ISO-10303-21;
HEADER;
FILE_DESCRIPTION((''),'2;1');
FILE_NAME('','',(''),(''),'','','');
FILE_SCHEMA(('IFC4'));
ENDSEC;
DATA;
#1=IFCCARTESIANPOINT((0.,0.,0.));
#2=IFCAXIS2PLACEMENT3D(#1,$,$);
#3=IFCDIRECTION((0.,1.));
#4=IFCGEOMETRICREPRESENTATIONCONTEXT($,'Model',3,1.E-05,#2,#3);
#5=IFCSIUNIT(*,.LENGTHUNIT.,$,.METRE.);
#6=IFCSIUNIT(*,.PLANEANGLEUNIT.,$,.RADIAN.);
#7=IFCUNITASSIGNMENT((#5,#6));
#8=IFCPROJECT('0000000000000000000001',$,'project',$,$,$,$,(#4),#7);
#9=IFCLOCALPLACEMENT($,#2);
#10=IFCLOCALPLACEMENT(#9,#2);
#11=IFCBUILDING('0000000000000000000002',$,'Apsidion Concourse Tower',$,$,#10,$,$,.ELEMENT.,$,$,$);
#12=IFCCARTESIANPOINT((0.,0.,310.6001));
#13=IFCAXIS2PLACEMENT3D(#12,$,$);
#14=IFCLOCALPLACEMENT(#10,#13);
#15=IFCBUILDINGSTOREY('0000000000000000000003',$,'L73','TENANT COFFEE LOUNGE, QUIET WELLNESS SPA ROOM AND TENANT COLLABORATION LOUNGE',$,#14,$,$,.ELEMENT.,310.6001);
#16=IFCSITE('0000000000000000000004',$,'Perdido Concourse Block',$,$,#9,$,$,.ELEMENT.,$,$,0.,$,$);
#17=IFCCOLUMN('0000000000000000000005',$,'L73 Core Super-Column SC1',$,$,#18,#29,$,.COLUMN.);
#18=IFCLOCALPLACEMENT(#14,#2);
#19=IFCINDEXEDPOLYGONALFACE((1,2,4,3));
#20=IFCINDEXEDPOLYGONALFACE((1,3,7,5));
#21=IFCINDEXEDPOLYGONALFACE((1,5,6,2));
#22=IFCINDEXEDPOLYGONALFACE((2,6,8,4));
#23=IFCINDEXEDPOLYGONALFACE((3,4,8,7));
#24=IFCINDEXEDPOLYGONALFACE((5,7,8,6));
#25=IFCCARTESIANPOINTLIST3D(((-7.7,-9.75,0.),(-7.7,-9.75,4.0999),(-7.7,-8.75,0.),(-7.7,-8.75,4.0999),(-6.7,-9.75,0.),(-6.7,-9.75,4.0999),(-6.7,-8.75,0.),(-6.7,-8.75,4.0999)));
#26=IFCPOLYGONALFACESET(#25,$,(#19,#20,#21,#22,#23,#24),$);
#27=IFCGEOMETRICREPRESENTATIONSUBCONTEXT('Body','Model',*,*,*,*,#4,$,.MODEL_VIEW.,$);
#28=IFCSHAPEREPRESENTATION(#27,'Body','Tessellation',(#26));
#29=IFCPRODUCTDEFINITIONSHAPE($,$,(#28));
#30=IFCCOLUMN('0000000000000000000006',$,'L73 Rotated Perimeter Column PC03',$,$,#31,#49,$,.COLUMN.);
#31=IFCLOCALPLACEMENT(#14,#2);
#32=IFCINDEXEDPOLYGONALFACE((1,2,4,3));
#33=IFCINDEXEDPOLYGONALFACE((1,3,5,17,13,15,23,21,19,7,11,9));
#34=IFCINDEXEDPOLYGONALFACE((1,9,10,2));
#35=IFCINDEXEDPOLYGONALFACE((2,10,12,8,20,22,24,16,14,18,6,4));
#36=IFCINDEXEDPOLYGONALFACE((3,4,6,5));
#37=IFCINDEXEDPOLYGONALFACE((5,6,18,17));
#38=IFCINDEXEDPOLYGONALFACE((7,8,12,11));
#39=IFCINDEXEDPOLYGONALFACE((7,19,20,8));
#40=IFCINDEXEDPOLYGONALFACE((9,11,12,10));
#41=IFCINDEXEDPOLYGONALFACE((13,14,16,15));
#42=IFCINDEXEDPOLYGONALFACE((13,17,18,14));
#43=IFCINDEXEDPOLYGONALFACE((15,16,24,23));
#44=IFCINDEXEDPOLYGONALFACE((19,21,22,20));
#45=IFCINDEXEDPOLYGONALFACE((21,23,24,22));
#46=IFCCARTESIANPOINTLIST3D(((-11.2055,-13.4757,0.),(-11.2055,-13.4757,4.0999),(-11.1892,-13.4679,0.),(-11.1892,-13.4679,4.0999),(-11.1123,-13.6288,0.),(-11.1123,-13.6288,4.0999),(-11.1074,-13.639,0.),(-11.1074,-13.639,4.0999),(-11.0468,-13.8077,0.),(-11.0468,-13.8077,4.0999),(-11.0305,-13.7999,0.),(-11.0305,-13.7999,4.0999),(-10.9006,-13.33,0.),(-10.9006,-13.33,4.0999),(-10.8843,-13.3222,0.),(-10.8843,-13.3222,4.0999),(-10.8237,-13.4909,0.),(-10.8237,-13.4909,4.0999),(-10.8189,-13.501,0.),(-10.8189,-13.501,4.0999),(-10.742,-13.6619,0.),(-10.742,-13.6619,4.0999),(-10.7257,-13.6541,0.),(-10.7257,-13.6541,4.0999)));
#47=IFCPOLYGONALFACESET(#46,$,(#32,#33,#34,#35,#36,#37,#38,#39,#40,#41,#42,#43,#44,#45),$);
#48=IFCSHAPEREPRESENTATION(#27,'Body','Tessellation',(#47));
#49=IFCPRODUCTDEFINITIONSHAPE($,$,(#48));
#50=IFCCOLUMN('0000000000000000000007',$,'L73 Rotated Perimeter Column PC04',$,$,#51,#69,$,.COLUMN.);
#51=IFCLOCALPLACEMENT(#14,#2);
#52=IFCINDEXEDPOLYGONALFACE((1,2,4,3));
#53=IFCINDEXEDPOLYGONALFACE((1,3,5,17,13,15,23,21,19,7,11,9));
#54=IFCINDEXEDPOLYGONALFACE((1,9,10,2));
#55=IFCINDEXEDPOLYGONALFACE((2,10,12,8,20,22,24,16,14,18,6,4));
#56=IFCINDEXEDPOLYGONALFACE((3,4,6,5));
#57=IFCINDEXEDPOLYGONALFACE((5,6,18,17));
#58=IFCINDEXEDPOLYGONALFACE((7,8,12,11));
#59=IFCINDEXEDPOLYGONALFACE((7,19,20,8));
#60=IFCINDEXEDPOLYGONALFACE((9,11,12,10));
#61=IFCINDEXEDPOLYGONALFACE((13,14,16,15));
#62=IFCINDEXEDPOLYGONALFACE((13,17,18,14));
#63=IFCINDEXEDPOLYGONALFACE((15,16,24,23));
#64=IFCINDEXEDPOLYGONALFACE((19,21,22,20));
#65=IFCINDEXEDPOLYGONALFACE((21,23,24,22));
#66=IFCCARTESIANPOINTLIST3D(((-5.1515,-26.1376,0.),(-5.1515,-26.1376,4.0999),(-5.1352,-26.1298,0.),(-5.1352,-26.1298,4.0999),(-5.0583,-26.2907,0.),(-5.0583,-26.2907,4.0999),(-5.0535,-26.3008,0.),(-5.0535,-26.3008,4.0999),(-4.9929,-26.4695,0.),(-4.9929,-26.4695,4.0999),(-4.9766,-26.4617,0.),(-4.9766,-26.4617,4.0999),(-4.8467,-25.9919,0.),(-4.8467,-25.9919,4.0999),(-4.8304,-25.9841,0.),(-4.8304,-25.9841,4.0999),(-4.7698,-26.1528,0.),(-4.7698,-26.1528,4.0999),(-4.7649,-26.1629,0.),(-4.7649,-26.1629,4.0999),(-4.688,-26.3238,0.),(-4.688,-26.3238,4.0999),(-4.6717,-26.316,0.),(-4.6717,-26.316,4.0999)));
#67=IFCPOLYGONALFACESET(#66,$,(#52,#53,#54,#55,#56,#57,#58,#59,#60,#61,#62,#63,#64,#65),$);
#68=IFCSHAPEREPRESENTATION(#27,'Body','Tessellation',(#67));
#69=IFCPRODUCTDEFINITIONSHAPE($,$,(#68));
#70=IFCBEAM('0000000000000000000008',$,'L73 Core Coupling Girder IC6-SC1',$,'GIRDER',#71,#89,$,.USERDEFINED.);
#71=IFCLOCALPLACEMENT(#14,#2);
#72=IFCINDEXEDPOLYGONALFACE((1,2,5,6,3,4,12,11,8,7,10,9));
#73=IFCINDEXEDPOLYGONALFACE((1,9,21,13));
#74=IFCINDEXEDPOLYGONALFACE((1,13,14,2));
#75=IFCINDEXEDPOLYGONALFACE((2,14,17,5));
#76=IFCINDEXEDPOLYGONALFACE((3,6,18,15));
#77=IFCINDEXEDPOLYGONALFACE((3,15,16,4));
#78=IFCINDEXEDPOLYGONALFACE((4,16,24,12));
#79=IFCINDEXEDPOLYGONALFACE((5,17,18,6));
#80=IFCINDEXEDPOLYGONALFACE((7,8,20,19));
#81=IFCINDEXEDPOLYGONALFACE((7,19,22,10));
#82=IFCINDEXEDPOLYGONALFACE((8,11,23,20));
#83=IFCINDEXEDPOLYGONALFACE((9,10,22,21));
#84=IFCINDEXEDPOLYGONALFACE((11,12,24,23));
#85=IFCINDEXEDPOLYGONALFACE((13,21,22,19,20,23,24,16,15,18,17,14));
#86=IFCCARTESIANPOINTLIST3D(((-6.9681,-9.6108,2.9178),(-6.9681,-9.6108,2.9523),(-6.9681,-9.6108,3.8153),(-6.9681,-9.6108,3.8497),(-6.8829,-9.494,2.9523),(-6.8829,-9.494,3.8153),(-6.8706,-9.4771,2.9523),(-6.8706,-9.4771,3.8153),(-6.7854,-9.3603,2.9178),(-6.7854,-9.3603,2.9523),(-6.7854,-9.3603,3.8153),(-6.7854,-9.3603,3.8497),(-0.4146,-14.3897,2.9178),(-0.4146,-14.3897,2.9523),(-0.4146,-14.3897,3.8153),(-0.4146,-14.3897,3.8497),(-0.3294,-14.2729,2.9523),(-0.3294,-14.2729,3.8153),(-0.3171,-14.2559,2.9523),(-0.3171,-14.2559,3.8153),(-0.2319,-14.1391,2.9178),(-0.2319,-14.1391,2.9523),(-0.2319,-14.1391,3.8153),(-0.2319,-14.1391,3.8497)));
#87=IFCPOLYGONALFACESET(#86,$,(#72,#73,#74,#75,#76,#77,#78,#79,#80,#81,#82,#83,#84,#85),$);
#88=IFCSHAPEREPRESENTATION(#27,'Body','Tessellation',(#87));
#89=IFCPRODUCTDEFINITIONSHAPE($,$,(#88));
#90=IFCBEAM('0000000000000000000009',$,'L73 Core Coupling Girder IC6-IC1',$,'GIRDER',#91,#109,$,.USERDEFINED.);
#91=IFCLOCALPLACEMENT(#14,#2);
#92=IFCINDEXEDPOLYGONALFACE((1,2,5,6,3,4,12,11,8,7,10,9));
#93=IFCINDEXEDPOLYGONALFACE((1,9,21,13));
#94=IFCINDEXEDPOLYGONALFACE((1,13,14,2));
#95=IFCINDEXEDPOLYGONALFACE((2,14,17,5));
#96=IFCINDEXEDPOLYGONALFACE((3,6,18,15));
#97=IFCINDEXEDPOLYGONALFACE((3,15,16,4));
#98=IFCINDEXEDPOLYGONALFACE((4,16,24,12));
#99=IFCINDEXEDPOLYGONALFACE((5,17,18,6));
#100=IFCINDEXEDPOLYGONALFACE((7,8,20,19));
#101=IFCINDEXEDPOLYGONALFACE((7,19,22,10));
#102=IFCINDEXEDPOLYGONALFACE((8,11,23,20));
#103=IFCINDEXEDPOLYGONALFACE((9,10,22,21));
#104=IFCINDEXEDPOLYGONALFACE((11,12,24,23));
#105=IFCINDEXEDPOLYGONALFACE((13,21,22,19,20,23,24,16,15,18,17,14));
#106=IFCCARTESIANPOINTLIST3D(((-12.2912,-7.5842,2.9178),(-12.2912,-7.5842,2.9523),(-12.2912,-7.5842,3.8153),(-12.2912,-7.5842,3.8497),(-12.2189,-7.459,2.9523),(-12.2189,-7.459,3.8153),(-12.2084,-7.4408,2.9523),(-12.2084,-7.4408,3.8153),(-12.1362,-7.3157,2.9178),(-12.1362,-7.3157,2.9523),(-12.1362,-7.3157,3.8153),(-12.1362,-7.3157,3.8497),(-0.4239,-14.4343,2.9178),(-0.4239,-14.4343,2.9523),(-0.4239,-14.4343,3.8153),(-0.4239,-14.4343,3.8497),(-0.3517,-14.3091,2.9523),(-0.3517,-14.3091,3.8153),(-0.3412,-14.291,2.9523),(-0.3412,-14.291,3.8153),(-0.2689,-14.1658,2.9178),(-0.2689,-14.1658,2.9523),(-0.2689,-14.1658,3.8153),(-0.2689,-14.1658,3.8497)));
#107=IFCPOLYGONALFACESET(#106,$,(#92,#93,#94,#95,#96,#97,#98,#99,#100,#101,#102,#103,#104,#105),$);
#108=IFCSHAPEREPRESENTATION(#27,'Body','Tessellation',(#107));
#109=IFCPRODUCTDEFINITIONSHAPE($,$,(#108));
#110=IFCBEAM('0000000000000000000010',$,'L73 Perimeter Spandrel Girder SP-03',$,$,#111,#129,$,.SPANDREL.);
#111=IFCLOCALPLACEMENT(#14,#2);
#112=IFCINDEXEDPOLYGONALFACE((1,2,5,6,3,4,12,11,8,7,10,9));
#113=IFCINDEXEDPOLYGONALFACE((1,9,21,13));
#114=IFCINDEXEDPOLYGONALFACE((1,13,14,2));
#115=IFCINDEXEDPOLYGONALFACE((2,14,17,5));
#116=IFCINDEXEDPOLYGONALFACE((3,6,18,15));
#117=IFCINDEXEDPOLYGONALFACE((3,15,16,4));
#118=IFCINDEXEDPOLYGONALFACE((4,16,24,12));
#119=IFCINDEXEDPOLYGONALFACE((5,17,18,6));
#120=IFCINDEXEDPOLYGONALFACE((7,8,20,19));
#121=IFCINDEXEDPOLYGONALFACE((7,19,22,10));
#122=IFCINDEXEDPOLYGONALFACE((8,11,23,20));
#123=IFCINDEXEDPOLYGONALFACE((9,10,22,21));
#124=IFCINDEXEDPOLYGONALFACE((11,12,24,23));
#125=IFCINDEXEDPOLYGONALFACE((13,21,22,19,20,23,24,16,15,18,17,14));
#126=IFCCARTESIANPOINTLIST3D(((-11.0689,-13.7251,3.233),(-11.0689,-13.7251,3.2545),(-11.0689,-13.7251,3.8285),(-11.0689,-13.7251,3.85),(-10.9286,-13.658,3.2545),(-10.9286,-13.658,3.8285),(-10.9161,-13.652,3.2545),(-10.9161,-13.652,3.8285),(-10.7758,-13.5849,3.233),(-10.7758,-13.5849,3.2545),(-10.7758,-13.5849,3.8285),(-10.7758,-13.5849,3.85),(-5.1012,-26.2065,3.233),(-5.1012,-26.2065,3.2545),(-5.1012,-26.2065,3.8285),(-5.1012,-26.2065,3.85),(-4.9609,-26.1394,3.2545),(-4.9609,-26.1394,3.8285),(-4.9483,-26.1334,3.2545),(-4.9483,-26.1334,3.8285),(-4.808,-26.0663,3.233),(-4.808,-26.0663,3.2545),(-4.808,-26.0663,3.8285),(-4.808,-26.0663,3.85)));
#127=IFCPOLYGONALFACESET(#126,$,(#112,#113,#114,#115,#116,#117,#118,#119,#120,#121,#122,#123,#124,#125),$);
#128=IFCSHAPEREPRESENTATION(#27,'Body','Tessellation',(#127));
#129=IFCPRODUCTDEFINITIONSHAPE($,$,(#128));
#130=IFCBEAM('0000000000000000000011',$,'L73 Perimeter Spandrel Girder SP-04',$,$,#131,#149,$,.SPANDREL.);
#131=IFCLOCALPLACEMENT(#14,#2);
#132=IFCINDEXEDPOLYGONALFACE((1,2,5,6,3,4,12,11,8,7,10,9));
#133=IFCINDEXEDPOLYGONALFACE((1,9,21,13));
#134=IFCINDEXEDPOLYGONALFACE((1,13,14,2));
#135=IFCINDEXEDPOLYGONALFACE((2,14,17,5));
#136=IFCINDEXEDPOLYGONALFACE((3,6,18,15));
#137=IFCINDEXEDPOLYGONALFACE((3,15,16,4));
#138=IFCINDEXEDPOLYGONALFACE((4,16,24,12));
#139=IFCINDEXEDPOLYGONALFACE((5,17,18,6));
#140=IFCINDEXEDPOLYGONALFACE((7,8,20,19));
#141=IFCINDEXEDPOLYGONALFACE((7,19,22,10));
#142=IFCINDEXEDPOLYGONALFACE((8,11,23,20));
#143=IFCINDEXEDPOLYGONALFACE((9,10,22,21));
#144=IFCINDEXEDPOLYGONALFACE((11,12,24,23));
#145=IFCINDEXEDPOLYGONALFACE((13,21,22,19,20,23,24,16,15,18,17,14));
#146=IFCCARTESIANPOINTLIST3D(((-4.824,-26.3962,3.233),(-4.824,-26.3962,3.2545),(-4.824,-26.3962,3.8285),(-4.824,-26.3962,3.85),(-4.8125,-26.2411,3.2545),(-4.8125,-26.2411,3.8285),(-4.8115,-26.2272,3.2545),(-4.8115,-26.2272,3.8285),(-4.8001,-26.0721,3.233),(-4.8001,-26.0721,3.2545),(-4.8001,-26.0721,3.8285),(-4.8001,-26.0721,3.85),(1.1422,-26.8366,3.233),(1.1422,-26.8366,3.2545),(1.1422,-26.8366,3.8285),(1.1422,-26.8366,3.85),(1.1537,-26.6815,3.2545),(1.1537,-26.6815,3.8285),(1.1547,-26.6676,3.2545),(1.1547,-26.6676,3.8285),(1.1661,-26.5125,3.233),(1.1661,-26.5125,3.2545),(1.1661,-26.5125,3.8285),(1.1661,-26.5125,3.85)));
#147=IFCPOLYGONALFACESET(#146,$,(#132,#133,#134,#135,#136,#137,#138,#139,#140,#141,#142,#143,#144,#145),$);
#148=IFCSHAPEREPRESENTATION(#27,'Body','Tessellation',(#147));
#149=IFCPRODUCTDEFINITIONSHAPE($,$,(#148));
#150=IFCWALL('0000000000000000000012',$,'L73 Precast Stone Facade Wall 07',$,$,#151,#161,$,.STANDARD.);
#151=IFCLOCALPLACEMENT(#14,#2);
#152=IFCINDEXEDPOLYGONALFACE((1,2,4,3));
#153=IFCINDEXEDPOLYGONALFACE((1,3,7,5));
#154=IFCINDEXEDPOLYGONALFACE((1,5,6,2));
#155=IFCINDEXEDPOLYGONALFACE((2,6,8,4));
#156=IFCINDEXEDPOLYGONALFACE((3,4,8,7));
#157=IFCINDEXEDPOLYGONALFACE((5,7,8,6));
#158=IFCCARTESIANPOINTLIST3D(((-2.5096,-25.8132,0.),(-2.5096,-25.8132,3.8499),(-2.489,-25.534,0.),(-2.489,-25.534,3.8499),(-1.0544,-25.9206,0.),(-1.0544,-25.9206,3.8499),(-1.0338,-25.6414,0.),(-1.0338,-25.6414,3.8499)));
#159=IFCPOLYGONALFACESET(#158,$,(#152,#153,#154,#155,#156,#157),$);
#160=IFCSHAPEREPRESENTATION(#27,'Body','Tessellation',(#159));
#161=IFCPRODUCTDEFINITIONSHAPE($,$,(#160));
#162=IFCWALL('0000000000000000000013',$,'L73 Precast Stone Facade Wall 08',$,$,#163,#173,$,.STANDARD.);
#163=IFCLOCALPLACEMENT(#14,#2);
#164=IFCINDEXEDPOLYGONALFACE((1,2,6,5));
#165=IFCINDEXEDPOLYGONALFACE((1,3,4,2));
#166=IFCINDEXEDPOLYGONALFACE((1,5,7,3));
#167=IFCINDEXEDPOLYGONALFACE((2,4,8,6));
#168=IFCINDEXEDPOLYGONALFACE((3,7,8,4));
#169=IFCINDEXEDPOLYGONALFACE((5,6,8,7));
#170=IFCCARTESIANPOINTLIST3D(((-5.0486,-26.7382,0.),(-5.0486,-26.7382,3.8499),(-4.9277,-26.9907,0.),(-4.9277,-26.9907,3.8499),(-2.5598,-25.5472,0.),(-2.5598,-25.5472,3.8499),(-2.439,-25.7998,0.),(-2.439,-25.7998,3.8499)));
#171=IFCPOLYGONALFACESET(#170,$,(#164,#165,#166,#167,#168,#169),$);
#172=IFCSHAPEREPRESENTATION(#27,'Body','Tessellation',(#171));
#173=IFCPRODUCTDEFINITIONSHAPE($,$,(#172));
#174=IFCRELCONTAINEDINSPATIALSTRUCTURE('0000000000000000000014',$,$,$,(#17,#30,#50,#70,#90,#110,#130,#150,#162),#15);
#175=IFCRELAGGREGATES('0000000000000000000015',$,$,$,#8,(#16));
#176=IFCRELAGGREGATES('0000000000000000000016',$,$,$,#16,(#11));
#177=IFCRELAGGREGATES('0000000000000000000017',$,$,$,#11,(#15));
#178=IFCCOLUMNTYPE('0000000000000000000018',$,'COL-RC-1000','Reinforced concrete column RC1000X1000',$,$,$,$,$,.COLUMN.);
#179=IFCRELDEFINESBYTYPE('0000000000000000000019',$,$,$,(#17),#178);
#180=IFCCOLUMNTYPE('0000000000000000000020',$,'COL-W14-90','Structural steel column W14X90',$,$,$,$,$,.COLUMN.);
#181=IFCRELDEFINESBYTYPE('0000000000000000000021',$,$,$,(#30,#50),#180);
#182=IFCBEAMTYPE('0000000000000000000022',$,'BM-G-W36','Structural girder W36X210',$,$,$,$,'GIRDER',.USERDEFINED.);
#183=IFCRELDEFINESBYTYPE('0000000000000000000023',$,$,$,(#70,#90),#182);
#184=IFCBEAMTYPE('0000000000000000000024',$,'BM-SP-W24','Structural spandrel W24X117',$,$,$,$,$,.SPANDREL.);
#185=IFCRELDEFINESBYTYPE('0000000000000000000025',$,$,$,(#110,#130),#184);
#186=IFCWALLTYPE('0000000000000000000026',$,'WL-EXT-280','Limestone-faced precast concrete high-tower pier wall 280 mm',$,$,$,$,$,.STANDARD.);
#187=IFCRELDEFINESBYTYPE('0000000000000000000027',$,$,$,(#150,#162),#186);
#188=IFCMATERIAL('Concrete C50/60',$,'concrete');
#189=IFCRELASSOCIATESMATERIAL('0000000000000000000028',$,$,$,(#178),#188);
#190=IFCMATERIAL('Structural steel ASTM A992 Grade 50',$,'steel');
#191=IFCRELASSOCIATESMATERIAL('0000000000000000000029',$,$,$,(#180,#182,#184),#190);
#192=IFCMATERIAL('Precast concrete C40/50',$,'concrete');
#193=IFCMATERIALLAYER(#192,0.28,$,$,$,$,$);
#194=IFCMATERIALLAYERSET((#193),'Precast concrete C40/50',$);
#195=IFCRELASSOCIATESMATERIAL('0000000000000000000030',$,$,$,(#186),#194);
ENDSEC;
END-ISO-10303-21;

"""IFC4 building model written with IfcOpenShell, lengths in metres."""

from ifc_helpers import new_model, si_unit, direction, frame, frame_2d, origin, origin_2d, place, context, subcontext, project, spatial, rectangle, i_section, extrude, material, layer, layer_set, material_profile, profile_set, type_object, element, save


model = new_model("IFC4")

# Units and contexts
model_context = context("Model", 3, precision=1e-05, world=origin(), true_north=direction((0.0, 1.0)))
body_context = subcontext(model_context, "Body", "Model", "MODEL_VIEW")
ifc_project = project(units=[si_unit("LENGTHUNIT", "METRE"), si_unit("PLANEANGLEUNIT", "RADIAN")], contexts=[model_context])

# Site, building, storey
site_placement = place(None, origin())
site = spatial("IfcSite", under=ifc_project, at=site_placement, Name="Perdido Concourse Block", CompositionType="ELEMENT", RefElevation=0.0)
building_placement = place(site_placement, origin())
building = spatial("IfcBuilding", under=site, at=building_placement, Name="Apsidion Concourse Tower", CompositionType="ELEMENT")
storey_placement = place(building_placement, frame((0.0, 0.0, 310.6001)))
storey = spatial("IfcBuildingStorey", under=building, at=storey_placement, Name="L73", Description="TENANT COFFEE LOUNGE, QUIET WELLNESS SPA ROOM AND TENANT COLLABORATION LOUNGE", CompositionType="ELEMENT", Elevation=310.6001)

# Columns
ifc_material_1 = material(Name="Concrete C50/60", Category="concrete")
ifc_material_profile_1 = material_profile(ifc_material_1, rectangle(XDim=1.0, YDim=1.0, at=origin_2d()), Name="RC 1000x1000")
ifc_profile_set_1 = profile_set([ifc_material_profile_1], Name="Concrete C50/60")
column_type_1 = type_object("IfcColumnType", Name="COL-RC-1000", Description="Reinforced concrete column RC1000X1000", PredefinedType="COLUMN", material=ifc_profile_set_1)
column_placement = place(storey_placement, frame((-7.2, -9.25, 0.0), z_axis=(0.0, 0.0, 1.0), x_axis=(1.0, 0.0, 0.0)))
element("IfcColumn", 1, at=column_placement, inside=storey, type_object=column_type_1, Name="L73 Core Super-Column SC1", PredefinedType="COLUMN", context=body_context, shape_type="SweptSolid", body=[
    extrude(rectangle(XDim=1.0, YDim=1.0, at=origin_2d()), origin(), (0.0, 0.0, 1.0), 4.0999),
])
ifc_material_2 = material(Name="Structural steel ASTM A992 Grade 50", Category="steel")
ifc_material_profile_2 = material_profile(ifc_material_2, i_section(OverallWidth=0.3679, OverallDepth=0.356, WebThickness=0.0112, FlangeThickness=0.0181, at=origin_2d()), Name="W14X90")
ifc_profile_set_2 = profile_set([ifc_material_profile_2], Name="Structural steel ASTM A992 Grade 50")
column_type_2 = type_object("IfcColumnType", Name="COL-W14-90", Description="Structural steel column W14X90", PredefinedType="COLUMN", material=ifc_profile_set_2)
for number, where, z_axis, x_axis, name in (
    (2, (-10.9656, -13.5649, 0.0), (0.0, 0.0, 1.0), (-0.431299, 0.902209, 0.0), "L73 Rotated Perimeter Column PC03"),
    (3, (-4.9116, -26.2268, 0.0), (0.0, 0.0, 1.0), (-0.431299, 0.902209, 0.0), "L73 Rotated Perimeter Column PC04"),
):
    element("IfcColumn", number, at=place(storey_placement, frame(where, z_axis=z_axis, x_axis=x_axis)), inside=storey, type_object=column_type_2, Name=name, PredefinedType="COLUMN", context=body_context, shape_type="SweptSolid", body=[
        extrude(i_section(OverallWidth=0.3679, OverallDepth=0.356, WebThickness=0.0112, FlangeThickness=0.0181, at=origin_2d()), origin(), (0.0, 0.0, 1.0), 4.0999),
    ])

# Beams
ifc_material_profile_3 = material_profile(ifc_material_2, i_section(OverallWidth=0.3101, OverallDepth=0.9319, WebThickness=0.021, FlangeThickness=0.0344, at=origin_2d()), Name="W36X210")
ifc_profile_set_3 = profile_set([ifc_material_profile_3], Name="Structural steel ASTM A992 Grade 50")
beam_type_1 = type_object("IfcBeamType", Name="BM-G-W36", Description="Structural girder W36X210", ElementType="GIRDER", PredefinedType="USERDEFINED", material=ifc_profile_set_3)
beam_1_placement = place(storey_placement, frame((-0.3232, -14.2644, 3.3838), z_axis=(-0.807993, 0.589191, 0.0), x_axis=(-0.589191, -0.807993, 0.0)))
element("IfcBeam", 4, at=beam_1_placement, inside=storey, type_object=beam_type_1, Name="L73 Core Coupling Girder IC6-SC1", ObjectType="GIRDER", PredefinedType="USERDEFINED", context=body_context, shape_type="SweptSolid", body=[
    extrude(i_section(OverallWidth=0.3101, OverallDepth=0.9319, WebThickness=0.021, FlangeThickness=0.0344, at=origin_2d()), origin(), (0.0, 0.0, 1.0), 8.1108),
])
beam_2_placement = place(storey_placement, frame((-0.3464, -14.3, 3.3838), z_axis=(-0.86607, 0.499922, 0.0), x_axis=(-0.499922, -0.86607, 0.0)))
element("IfcBeam", 5, at=beam_2_placement, inside=storey, type_object=beam_type_1, Name="L73 Core Coupling Girder IC6-IC1", ObjectType="GIRDER", PredefinedType="USERDEFINED", context=body_context, shape_type="SweptSolid", body=[
    extrude(i_section(OverallWidth=0.3101, OverallDepth=0.9319, WebThickness=0.021, FlangeThickness=0.0344, at=origin_2d()), origin(), (0.0, 0.0, 1.0), 13.7024),
])
ifc_material_profile_4 = material_profile(ifc_material_2, i_section(OverallWidth=0.325, OverallDepth=0.6169, WebThickness=0.0139, FlangeThickness=0.0215, at=origin_2d()), Name="W24X117")
ifc_profile_set_4 = profile_set([ifc_material_profile_4], Name="Structural steel ASTM A992 Grade 50")
beam_type_2 = type_object("IfcBeamType", Name="BM-SP-W24", Description="Structural spandrel W24X117", PredefinedType="SPANDREL", material=ifc_profile_set_4)
beam_3_placement = place(storey_placement, frame((-10.9224, -13.655, 3.5415), z_axis=(0.431361, -0.90218, 0.0), x_axis=(0.90218, 0.431361, 0.0)))
element("IfcBeam", 6, at=beam_3_placement, inside=storey, type_object=beam_type_2, Name="L73 Perimeter Spandrel Girder SP-03", PredefinedType="SPANDREL", context=body_context, shape_type="SweptSolid", body=[
    extrude(i_section(OverallWidth=0.325, OverallDepth=0.6169, WebThickness=0.0139, FlangeThickness=0.0215, at=origin_2d()), origin(), (0.0, 0.0, 1.0), 13.8347),
])
beam_4_placement = place(storey_placement, frame((-4.812, -26.2341, 3.5415), z_axis=(0.997286, -0.073619, 0.0), x_axis=(0.073619, 0.997286, 0.0)))
element("IfcBeam", 7, at=beam_4_placement, inside=storey, type_object=beam_type_2, Name="L73 Perimeter Spandrel Girder SP-04", PredefinedType="SPANDREL", context=body_context, shape_type="SweptSolid", body=[
    extrude(i_section(OverallWidth=0.325, OverallDepth=0.6169, WebThickness=0.0139, FlangeThickness=0.0215, at=origin_2d()), origin(), (0.0, 0.0, 1.0), 5.9824),
])

# Walls
ifc_material_3 = material(Name="Precast concrete C40/50", Category="concrete")
ifc_layer_1 = layer(ifc_material_3, 0.28)
ifc_layer_set_1 = layer_set([ifc_layer_1], Name="Precast concrete C40/50")
wall_type_1 = type_object("IfcWallType", Name="WL-EXT-280", Description="Limestone-faced precast concrete high-tower pier wall 280 mm", PredefinedType="STANDARD", material=ifc_layer_set_1)
wall_1_placement = place(storey_placement, frame((-1.0442, -25.781, 0.0), z_axis=(0.0, 0.0, 1.0), x_axis=(-0.997287, 0.073613, 0.0)))
element("IfcWall", 8, at=wall_1_placement, inside=storey, type_object=wall_type_1, Name="L73 Precast Stone Facade Wall 07", PredefinedType="STANDARD", context=body_context, shape_type="SweptSolid", body=[
    extrude(rectangle(XDim=1.4592, YDim=0.28, at=frame_2d((0.7295, 0.0))), origin(), (0.0, 0.0, 1.0), 3.8499),
])
wall_2_placement = place(storey_placement, frame((-2.4995, -25.6736, 0.0), z_axis=(0.0, 0.0, 1.0), x_axis=(-0.902044, -0.431643, 0.0)))
element("IfcWall", 9, at=wall_2_placement, inside=storey, type_object=wall_type_1, Name="L73 Precast Stone Facade Wall 08", PredefinedType="STANDARD", context=body_context, shape_type="SweptSolid", body=[
    extrude(rectangle(XDim=2.759, YDim=0.28, at=frame_2d((1.3794, 0.0))), origin(), (0.0, 0.0, 1.0), 3.8499),
])

save(model, "model.ifc")
